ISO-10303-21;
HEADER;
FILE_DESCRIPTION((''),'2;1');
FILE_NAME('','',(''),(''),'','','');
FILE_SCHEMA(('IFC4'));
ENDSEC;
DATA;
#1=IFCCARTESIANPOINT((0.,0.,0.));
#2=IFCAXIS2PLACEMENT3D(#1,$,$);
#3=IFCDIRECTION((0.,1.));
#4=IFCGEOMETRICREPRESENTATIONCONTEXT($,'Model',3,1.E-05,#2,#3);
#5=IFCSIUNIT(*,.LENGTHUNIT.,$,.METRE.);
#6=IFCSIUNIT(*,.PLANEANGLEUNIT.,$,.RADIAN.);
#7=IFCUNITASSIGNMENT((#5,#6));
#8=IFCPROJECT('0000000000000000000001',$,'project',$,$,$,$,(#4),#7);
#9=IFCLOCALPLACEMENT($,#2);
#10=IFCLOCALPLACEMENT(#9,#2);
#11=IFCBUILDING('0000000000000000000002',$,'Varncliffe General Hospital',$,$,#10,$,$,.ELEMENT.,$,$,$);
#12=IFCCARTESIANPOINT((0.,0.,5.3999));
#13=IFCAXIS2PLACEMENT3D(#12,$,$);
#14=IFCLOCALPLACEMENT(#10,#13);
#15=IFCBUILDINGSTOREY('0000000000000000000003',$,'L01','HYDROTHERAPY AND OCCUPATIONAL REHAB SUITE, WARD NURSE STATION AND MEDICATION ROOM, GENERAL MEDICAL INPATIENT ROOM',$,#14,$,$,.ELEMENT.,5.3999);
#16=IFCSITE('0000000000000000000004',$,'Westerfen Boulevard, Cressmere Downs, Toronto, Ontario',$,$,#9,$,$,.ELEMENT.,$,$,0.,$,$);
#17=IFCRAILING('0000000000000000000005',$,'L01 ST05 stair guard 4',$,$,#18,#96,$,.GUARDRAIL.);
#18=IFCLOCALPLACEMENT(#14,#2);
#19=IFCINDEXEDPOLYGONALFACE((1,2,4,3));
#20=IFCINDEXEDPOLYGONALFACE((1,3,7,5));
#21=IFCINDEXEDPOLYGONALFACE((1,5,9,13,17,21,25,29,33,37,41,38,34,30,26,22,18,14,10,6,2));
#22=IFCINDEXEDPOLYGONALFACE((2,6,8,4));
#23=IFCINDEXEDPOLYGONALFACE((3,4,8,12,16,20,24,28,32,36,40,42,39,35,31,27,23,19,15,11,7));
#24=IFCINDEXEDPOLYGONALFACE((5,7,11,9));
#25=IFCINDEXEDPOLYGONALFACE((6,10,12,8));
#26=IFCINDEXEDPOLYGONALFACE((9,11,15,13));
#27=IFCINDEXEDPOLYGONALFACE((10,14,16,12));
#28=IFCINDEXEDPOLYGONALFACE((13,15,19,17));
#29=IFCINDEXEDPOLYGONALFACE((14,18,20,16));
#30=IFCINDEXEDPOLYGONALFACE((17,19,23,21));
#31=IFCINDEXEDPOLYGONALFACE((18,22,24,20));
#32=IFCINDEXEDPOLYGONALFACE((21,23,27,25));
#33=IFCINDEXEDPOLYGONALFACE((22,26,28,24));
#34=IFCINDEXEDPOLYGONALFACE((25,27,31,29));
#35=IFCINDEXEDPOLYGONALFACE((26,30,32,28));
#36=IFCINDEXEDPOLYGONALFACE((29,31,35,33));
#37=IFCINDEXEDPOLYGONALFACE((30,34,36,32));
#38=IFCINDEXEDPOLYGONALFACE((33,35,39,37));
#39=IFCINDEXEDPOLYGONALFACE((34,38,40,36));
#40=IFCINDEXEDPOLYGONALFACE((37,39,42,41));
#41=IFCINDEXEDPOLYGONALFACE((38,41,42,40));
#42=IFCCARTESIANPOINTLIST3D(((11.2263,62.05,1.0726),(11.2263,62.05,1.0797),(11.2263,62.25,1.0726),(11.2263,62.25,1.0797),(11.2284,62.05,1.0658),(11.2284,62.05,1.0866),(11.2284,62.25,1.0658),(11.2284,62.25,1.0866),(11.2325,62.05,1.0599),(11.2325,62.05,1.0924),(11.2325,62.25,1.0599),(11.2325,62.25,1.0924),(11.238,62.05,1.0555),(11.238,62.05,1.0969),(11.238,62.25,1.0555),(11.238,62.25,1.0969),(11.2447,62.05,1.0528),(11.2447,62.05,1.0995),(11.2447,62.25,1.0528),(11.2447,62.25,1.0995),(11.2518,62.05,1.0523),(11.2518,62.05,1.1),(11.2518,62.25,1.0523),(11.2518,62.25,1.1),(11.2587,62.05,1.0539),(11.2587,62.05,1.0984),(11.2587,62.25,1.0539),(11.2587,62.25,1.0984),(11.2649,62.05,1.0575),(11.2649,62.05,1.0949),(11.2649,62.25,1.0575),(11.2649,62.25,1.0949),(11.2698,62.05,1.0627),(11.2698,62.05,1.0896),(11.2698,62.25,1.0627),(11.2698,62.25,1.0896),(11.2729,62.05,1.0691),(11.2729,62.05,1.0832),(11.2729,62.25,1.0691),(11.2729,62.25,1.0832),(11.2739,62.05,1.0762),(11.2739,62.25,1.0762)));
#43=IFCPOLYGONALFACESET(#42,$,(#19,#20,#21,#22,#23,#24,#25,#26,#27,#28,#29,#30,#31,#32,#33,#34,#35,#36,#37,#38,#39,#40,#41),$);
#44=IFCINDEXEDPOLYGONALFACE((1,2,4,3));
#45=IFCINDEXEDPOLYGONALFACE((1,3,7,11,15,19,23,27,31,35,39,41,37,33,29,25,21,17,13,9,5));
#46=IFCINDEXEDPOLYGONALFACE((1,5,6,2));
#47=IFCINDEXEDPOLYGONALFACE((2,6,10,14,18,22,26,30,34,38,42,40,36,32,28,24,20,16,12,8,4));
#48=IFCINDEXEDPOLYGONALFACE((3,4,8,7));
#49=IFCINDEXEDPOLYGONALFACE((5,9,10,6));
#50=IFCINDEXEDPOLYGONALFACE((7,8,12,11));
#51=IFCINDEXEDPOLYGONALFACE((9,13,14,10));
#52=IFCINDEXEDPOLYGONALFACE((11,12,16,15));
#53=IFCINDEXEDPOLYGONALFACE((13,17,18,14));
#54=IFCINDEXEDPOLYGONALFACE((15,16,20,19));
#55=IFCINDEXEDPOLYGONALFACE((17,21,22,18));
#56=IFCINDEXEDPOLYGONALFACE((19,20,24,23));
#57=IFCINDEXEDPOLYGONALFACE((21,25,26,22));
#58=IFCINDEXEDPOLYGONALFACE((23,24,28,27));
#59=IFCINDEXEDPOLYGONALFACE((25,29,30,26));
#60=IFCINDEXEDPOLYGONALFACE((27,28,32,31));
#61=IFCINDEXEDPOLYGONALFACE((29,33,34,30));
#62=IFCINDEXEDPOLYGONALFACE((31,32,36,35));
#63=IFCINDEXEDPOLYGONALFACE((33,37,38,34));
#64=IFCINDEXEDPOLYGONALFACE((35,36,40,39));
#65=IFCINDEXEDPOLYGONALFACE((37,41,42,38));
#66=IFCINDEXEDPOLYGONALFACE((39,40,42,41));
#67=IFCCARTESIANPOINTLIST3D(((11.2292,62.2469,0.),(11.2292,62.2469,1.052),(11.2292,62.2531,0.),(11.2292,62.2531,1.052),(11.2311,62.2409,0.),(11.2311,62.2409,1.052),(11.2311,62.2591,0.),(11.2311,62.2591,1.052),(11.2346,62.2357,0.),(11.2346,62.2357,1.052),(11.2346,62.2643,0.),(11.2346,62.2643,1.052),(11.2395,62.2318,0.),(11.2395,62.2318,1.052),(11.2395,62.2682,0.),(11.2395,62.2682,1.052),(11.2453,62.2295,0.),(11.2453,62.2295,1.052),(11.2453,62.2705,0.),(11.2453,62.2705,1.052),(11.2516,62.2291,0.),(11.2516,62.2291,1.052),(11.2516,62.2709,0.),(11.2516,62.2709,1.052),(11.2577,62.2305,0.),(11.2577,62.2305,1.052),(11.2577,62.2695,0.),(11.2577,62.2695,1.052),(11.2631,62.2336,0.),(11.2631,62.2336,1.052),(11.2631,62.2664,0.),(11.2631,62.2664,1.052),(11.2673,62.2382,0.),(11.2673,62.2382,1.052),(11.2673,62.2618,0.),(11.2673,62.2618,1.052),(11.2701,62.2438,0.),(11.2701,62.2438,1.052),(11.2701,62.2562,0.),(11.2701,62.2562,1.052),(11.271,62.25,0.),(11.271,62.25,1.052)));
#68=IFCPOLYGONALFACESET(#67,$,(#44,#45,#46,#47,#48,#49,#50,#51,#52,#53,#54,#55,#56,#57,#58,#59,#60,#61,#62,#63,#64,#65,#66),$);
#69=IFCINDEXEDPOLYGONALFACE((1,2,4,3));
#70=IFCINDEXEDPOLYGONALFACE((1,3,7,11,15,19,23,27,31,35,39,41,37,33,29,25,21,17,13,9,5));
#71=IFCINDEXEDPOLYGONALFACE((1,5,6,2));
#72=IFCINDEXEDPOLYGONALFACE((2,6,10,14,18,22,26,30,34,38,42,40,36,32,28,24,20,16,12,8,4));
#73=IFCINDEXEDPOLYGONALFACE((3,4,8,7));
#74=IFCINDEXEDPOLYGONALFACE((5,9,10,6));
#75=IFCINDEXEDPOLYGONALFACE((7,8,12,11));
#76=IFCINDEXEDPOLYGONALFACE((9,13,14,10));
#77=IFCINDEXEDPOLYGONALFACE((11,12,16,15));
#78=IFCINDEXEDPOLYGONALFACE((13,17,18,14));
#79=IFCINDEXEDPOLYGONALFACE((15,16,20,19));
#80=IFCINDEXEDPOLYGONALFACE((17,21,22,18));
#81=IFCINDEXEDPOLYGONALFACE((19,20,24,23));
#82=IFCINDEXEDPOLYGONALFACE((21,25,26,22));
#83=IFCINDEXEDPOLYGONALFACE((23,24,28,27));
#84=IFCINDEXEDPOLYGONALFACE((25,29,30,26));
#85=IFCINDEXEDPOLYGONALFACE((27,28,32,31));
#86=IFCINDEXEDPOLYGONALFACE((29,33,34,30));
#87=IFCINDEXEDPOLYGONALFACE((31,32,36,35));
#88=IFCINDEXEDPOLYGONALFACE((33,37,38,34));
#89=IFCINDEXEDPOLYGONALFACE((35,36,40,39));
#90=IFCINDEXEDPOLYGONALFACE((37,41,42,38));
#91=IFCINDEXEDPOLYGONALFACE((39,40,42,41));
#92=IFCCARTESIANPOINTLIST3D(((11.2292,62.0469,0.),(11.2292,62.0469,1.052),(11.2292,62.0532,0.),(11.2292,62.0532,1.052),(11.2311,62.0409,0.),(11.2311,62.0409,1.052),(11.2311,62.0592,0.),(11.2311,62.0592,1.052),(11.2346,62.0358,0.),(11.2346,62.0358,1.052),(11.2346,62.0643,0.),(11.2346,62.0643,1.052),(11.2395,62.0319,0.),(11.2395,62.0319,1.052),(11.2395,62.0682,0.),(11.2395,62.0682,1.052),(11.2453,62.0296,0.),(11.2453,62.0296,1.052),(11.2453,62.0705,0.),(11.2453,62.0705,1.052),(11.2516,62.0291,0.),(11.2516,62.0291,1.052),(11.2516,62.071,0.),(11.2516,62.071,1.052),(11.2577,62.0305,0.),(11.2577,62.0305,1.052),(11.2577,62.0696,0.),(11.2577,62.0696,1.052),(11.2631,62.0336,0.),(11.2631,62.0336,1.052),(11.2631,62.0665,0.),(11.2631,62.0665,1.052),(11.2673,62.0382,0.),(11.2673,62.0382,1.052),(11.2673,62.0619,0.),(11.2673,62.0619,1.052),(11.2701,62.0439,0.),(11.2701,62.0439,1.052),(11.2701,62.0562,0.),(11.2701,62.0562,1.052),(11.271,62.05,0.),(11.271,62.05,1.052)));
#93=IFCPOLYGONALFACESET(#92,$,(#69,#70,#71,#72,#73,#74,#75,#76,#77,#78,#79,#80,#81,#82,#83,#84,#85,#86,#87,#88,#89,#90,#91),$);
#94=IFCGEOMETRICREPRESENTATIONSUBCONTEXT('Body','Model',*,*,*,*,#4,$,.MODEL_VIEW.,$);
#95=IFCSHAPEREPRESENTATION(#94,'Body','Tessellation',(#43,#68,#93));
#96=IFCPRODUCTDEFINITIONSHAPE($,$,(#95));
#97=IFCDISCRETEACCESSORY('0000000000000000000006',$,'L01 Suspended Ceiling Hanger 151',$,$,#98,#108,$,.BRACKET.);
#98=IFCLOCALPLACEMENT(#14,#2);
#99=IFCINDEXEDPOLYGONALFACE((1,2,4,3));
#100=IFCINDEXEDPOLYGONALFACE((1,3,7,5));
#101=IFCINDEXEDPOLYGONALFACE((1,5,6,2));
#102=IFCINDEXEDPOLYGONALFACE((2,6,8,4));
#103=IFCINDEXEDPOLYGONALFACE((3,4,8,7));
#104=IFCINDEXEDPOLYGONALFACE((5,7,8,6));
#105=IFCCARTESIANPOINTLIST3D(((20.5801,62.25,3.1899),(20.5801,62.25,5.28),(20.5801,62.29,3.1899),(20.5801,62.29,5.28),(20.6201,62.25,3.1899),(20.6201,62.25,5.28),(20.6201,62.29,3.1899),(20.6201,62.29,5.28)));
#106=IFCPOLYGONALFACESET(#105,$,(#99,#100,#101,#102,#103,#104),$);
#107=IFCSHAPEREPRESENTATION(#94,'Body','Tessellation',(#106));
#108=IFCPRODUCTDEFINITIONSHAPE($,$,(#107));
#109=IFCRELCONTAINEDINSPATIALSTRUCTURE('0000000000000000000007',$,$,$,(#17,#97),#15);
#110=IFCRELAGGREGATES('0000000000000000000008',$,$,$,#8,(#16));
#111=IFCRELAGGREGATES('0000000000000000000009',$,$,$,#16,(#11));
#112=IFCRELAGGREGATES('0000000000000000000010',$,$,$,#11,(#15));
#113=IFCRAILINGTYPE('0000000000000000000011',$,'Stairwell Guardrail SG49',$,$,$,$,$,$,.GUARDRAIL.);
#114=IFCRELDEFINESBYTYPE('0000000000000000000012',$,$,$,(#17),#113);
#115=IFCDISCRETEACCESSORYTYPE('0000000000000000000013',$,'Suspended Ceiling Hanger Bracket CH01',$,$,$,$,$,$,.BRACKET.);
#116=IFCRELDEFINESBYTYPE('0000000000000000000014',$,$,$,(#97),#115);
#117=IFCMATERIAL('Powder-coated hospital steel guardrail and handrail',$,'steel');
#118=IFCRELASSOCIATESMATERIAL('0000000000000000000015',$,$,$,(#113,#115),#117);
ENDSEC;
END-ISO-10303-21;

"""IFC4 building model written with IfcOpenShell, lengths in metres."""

from ifc_helpers import new_model, si_unit, direction, frame, origin, origin_2d, place, context, subcontext, project, spatial, rectangle, circle, extrude, material, type_object, element, save


model = new_model("IFC4")

# Units and contexts
model_context = context("Model", 3, precision=1e-05, world=origin(), true_north=direction((0.0, 1.0)))
body_context = subcontext(model_context, "Body", "Model", "MODEL_VIEW")
ifc_project = project(units=[si_unit("LENGTHUNIT", "METRE"), si_unit("PLANEANGLEUNIT", "RADIAN")], contexts=[model_context])

# Site, building, storey
site_placement = place(None, origin())
site = spatial("IfcSite", under=ifc_project, at=site_placement, Name="Westerfen Boulevard, Cressmere Downs, Toronto, Ontario", CompositionType="ELEMENT", RefElevation=0.0)
building_placement = place(site_placement, origin())
building = spatial("IfcBuilding", under=site, at=building_placement, Name="Varncliffe General Hospital", CompositionType="ELEMENT")
storey_placement = place(building_placement, frame((0.0, 0.0, 5.3999)))
storey = spatial("IfcBuildingStorey", under=building, at=storey_placement, Name="L01", Description="HYDROTHERAPY AND OCCUPATIONAL REHAB SUITE, WARD NURSE STATION AND MEDICATION ROOM, GENERAL MEDICAL INPATIENT ROOM", CompositionType="ELEMENT", Elevation=5.3999)

# Railing
ifc_material_1 = material(Name="Powder-coated hospital steel guardrail and handrail", Category="steel")
railing_type_1 = type_object("IfcRailingType", Name="Stairwell Guardrail SG49", PredefinedType="GUARDRAIL", material=ifc_material_1)
railing_1_placement = place(storey_placement, frame((11.25, 62.25, 0.0)))
element("IfcRailing", 1, at=railing_1_placement, inside=storey, type_object=railing_type_1, Name="L01 ST05 stair guard 4", PredefinedType="GUARDRAIL", context=body_context, shape_type="SweptSolid", body=[
    extrude(circle(Radius=0.0239, at=origin_2d()), frame((0.0, 0.0, 1.0762), z_axis=(0.0, -1.0, 0.0), x_axis=(1.0, 0.0, 0.0)), (0.0, 0.0, 1.0), 0.2),
    extrude(circle(Radius=0.021, at=origin_2d()), origin(), (0.0, 0.0, 1.0), 1.052),
    extrude(circle(Radius=0.021, at=origin_2d()), frame((0.0, -0.2, 0.0)), (0.0, 0.0, 1.0), 1.052),
])

# Discrete accessory
discrete_accessory_type = type_object("IfcDiscreteAccessoryType", Name="Suspended Ceiling Hanger Bracket CH01", PredefinedType="BRACKET", material=ifc_material_1)
discrete_accessory_placement = place(storey_placement, frame((20.6001, 62.27, 3.1899), z_axis=(0.0, 0.0, 1.0), x_axis=(1.0, 0.0, 0.0)))
element("IfcDiscreteAccessory", 2, at=discrete_accessory_placement, inside=storey, type_object=discrete_accessory_type, Name="L01 Suspended Ceiling Hanger 151", PredefinedType="BRACKET", context=body_context, shape_type="SweptSolid", body=[
    extrude(rectangle(XDim=0.04, YDim=0.04, at=origin_2d()), origin(), (0.0, 0.0, 1.0), 2.0901),
])

save(model, "model.ifc")
